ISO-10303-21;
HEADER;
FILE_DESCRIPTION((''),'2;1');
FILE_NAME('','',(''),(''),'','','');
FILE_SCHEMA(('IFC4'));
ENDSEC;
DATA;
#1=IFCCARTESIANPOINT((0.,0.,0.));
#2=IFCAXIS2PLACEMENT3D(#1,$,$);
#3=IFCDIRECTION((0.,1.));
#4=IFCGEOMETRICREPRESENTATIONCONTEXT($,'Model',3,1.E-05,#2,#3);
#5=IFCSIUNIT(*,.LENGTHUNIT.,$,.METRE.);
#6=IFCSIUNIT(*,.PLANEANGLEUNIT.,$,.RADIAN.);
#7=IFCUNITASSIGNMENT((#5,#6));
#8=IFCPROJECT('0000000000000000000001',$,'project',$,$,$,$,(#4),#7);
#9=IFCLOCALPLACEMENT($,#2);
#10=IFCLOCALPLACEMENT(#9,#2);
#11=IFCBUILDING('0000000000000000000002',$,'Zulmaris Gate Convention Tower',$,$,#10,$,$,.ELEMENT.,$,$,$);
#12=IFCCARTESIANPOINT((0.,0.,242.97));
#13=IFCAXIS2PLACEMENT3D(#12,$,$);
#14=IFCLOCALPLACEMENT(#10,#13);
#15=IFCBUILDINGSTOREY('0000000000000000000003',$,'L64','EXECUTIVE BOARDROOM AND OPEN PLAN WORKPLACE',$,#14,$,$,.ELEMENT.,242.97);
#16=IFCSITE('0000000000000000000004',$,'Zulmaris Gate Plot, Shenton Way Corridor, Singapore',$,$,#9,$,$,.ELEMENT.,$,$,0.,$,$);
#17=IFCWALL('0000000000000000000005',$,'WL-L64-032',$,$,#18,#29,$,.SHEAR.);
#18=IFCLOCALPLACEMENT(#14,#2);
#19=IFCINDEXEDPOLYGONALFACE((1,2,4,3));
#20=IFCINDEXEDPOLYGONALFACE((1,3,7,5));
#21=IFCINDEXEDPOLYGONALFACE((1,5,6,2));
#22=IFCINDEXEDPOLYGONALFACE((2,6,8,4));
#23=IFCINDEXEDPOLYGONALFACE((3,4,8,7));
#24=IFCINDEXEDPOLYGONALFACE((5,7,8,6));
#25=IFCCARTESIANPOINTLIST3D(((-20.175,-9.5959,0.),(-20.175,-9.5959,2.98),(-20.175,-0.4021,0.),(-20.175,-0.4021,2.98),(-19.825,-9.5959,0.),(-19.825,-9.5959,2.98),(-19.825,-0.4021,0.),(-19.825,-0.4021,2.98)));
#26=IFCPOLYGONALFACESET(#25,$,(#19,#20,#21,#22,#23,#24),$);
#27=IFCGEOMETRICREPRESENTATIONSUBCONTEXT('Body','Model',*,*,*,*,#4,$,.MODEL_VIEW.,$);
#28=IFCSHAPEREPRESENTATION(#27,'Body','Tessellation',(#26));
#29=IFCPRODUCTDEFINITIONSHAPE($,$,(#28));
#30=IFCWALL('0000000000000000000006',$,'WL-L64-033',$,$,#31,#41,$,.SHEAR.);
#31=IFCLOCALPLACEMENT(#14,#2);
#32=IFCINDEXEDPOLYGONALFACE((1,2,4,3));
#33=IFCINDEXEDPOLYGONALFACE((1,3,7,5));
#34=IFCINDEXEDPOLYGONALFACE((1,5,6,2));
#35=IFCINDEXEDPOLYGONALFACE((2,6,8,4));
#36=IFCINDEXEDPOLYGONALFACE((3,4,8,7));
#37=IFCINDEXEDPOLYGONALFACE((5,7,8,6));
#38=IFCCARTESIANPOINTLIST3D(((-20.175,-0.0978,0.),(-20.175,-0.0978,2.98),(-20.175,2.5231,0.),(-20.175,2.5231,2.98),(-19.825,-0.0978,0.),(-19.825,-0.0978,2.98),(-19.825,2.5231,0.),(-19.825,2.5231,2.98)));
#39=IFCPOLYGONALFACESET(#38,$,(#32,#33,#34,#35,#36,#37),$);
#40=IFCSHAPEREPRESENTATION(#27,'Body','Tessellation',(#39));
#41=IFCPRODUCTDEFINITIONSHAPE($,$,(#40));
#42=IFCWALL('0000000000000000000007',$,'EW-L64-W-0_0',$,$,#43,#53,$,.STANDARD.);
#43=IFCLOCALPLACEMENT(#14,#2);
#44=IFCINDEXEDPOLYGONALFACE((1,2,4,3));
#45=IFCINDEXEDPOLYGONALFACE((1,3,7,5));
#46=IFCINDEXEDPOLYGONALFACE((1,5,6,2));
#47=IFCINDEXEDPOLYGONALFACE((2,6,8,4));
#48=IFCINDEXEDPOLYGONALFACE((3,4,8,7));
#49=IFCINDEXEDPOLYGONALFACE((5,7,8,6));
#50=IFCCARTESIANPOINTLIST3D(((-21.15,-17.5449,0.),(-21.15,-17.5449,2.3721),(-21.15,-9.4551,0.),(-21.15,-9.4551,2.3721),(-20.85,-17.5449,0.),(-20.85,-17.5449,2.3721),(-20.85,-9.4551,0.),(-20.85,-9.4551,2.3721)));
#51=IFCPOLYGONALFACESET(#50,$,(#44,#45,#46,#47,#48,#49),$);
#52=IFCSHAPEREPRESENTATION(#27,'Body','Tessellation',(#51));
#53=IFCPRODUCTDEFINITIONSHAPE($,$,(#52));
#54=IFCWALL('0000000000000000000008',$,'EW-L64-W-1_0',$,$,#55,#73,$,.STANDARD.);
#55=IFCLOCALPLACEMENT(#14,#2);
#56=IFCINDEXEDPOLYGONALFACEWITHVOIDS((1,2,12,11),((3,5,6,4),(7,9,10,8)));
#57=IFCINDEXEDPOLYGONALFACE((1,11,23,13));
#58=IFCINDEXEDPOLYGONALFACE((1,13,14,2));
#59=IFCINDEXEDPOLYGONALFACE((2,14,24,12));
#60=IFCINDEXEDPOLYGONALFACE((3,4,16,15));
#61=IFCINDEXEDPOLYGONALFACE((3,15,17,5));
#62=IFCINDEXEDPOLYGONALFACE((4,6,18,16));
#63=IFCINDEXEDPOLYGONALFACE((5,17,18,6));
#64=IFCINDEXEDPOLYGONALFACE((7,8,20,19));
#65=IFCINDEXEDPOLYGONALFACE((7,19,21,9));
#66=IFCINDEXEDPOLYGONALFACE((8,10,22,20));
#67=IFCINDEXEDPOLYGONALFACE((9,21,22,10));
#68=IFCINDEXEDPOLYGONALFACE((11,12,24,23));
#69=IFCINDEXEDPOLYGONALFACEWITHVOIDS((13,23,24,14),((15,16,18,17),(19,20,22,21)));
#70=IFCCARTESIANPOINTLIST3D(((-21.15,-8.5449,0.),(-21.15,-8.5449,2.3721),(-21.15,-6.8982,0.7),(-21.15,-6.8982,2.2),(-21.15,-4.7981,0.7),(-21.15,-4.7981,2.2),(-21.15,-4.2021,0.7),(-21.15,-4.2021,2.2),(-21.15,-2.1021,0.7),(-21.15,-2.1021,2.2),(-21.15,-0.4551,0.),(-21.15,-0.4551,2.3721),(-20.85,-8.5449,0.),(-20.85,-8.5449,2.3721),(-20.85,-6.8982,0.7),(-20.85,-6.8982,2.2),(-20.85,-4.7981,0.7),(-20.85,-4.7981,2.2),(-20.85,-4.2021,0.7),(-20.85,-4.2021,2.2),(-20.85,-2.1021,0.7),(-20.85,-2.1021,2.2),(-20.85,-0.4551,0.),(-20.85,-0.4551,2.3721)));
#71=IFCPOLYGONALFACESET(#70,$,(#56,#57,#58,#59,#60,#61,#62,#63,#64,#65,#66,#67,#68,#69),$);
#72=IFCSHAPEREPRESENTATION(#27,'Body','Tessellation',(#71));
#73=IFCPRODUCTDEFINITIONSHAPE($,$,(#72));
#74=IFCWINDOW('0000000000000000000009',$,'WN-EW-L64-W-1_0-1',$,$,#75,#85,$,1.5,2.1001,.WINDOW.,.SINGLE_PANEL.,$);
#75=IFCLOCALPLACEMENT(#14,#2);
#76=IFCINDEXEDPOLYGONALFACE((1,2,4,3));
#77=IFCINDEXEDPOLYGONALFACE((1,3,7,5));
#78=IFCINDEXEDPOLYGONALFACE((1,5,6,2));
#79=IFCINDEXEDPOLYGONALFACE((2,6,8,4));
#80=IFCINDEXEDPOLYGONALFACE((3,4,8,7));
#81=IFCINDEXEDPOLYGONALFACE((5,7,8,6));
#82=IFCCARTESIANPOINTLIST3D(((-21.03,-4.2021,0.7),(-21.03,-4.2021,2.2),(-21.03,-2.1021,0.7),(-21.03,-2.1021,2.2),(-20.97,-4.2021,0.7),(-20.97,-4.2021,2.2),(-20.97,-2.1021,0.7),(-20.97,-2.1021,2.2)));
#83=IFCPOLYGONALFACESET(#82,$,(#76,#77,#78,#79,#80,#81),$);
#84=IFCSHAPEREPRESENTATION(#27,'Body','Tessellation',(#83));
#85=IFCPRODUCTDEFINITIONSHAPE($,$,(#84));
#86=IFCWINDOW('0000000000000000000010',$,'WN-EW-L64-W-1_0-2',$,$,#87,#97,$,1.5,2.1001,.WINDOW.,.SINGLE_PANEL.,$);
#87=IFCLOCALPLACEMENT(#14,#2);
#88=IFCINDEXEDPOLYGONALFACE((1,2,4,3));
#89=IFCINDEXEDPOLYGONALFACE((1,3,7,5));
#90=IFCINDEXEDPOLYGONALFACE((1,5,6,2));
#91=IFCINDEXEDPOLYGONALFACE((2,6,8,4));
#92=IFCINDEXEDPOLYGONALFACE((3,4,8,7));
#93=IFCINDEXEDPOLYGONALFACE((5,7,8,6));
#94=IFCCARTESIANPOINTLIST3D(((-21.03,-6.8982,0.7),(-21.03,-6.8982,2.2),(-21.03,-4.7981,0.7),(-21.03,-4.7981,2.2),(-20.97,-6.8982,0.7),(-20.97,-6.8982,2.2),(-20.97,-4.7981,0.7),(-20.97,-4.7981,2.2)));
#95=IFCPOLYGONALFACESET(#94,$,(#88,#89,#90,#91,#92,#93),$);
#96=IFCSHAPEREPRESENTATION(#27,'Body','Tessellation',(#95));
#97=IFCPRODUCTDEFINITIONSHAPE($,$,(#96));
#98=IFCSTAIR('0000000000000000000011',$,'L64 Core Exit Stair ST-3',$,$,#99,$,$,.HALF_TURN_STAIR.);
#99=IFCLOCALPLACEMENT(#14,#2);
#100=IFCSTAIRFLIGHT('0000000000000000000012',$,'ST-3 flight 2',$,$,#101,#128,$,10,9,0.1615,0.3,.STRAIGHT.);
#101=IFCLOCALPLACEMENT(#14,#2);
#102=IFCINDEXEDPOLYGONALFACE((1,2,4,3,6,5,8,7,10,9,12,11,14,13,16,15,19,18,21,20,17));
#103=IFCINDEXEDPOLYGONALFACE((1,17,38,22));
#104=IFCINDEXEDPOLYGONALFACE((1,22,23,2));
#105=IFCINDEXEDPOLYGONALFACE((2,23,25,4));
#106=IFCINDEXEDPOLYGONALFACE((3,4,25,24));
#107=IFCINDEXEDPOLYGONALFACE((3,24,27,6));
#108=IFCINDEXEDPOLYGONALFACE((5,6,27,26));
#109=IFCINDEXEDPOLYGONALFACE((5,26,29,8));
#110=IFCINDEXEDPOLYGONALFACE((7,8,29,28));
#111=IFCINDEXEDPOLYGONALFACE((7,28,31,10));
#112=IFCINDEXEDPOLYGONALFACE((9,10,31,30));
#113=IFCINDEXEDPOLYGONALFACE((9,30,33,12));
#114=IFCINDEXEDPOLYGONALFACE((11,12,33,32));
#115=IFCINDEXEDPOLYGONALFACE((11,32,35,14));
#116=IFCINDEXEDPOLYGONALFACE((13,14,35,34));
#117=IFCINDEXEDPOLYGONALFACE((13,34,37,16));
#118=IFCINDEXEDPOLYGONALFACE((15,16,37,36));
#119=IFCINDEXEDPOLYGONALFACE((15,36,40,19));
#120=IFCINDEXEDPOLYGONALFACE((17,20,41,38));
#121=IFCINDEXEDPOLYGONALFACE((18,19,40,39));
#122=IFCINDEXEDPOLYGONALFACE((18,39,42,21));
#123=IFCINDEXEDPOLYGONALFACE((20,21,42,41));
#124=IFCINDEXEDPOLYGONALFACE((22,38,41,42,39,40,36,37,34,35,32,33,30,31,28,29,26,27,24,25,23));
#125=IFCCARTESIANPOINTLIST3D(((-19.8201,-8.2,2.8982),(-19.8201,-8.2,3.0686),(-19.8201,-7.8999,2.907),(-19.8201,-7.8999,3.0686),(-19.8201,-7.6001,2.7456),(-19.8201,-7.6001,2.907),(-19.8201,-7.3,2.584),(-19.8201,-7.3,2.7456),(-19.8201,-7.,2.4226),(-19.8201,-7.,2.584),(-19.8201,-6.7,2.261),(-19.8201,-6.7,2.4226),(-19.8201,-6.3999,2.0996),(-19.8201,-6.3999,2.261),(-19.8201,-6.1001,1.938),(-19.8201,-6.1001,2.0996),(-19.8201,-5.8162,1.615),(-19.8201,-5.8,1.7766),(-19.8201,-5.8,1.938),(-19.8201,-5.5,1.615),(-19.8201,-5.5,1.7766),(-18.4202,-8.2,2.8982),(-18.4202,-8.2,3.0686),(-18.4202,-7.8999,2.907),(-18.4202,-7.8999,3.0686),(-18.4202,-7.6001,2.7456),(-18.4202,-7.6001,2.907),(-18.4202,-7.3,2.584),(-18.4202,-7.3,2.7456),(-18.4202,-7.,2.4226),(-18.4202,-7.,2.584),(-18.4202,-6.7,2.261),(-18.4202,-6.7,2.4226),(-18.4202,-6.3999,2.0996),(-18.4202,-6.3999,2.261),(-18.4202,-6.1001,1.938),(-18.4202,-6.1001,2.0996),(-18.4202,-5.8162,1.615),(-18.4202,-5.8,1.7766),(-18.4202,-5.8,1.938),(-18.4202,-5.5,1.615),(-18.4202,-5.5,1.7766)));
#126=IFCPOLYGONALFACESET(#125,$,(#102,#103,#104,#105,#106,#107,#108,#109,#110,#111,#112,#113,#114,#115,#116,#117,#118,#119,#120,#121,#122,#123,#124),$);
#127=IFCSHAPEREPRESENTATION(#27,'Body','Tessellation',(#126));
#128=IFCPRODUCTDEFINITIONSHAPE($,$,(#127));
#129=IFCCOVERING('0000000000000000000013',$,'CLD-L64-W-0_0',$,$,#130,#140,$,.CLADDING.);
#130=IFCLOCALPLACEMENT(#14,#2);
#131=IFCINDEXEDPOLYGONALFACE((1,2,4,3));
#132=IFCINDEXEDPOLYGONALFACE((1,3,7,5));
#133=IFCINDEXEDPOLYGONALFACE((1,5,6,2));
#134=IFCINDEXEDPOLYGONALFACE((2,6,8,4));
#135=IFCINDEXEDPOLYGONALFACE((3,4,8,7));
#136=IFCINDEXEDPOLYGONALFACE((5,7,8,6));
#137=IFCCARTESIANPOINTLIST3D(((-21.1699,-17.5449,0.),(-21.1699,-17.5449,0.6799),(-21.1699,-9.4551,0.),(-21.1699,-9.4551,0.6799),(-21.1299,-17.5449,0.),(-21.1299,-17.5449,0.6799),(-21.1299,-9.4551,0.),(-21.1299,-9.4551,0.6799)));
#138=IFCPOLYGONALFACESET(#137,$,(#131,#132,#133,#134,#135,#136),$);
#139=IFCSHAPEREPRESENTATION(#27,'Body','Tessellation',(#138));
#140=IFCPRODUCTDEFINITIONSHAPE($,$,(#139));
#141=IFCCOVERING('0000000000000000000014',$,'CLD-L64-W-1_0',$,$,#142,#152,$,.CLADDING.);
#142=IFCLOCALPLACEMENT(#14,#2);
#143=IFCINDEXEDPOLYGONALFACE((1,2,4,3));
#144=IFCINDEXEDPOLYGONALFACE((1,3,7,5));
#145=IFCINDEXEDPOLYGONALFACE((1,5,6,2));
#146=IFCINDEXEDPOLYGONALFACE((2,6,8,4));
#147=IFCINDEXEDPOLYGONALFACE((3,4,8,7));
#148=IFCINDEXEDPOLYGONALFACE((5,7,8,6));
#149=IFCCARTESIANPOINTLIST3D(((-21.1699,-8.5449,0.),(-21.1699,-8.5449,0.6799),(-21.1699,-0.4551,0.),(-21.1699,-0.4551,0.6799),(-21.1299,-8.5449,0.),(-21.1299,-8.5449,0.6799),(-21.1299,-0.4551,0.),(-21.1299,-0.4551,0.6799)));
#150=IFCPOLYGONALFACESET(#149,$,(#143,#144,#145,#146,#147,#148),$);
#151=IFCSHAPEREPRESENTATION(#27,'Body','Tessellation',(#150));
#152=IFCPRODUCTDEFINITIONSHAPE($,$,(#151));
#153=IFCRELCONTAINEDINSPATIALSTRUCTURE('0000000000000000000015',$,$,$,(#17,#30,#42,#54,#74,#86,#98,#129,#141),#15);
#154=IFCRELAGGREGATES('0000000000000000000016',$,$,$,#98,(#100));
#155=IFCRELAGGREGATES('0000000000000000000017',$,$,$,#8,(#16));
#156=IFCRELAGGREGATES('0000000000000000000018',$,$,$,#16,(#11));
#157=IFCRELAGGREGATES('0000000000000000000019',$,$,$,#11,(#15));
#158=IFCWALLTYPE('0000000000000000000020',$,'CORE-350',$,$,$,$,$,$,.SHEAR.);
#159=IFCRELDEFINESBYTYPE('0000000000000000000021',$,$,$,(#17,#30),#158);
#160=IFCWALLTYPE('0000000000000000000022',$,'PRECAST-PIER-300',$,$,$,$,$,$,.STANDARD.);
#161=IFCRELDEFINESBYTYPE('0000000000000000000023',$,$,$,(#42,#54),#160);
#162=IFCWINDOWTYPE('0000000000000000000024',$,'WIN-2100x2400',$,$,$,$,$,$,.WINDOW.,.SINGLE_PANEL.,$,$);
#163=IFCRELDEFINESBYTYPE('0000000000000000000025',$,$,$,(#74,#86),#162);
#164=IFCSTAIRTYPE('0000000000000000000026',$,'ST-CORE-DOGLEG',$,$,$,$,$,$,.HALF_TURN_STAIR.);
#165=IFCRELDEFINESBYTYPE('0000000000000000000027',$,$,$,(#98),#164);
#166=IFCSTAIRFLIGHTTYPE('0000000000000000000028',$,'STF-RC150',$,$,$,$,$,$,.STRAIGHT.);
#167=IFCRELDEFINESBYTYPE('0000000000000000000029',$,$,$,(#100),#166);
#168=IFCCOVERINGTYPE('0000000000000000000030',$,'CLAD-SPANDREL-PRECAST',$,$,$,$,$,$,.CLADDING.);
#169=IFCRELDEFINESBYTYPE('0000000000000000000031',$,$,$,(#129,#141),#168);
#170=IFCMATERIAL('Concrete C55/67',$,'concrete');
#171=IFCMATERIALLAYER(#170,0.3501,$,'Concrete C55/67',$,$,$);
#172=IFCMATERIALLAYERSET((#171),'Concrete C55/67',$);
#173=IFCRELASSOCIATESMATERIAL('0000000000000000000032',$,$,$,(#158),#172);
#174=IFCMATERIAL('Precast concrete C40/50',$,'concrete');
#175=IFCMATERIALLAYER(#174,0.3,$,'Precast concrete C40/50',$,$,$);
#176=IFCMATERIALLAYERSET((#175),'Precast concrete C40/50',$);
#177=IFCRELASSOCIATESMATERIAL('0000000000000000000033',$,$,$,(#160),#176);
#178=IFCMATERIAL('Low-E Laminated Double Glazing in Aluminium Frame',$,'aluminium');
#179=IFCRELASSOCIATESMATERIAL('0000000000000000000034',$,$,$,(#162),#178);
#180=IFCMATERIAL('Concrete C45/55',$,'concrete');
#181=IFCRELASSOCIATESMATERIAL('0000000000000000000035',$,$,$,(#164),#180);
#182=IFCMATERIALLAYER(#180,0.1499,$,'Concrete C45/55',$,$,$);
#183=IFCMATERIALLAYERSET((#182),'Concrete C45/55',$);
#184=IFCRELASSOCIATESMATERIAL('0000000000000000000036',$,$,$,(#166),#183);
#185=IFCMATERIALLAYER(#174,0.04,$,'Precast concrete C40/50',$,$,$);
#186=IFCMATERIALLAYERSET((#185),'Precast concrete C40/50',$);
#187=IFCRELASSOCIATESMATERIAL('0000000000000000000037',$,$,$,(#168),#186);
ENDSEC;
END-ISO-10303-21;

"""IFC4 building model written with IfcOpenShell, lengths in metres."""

from ifc_helpers import new_model, si_unit, direction, frame, frame_2d, origin, place, context, subcontext, project, spatial, polyline, rectangle, outline, extrude, material, layer, layer_set, type_object, element, fill, aggregate, save


model = new_model("IFC4")

# Units and contexts
model_context = context("Model", 3, precision=1e-05, world=origin(), true_north=direction((0.0, 1.0)))
body_context = subcontext(model_context, "Body", "Model", "MODEL_VIEW")
ifc_project = project(units=[si_unit("LENGTHUNIT", "METRE"), si_unit("PLANEANGLEUNIT", "RADIAN")], contexts=[model_context])

# Site, building, storey
site_placement = place(None, origin())
site = spatial("IfcSite", under=ifc_project, at=site_placement, Name="Zulmaris Gate Plot, Shenton Way Corridor, Singapore", CompositionType="ELEMENT", RefElevation=0.0)
building_placement = place(site_placement, origin())
building = spatial("IfcBuilding", under=site, at=building_placement, Name="Zulmaris Gate Convention Tower", CompositionType="ELEMENT")
storey_placement = place(building_placement, frame((0.0, 0.0, 242.97)))
storey = spatial("IfcBuildingStorey", under=building, at=storey_placement, Name="L64", Description="EXECUTIVE BOARDROOM AND OPEN PLAN WORKPLACE", CompositionType="ELEMENT", Elevation=242.97)

# Walls
ifc_material_1 = material(Name="Concrete C55/67", Category="concrete")
ifc_layer_1 = layer(ifc_material_1, 0.3501, Name="Concrete C55/67")
ifc_layer_set_1 = layer_set([ifc_layer_1], Name="Concrete C55/67")
wall_type_1 = type_object("IfcWallType", Name="CORE-350", PredefinedType="SHEAR", material=ifc_layer_set_1)
wall_1_placement = place(storey_placement, frame((-20.0, -9.5959, 0.0), z_axis=(0.0, 0.0, 1.0), x_axis=(0.0, 1.0, 0.0)))
element("IfcWall", 1, at=wall_1_placement, inside=storey, type_object=wall_type_1, Name="WL-L64-032", PredefinedType="SHEAR", context=body_context, shape_type="SweptSolid", body=[
    extrude(rectangle(XDim=9.1938, YDim=0.3501, at=frame_2d((4.5969, 0.0))), origin(), (0.0, 0.0, 1.0), 2.98),
])
wall_2_placement = place(storey_placement, frame((-20.0, -0.0979, 0.0), z_axis=(0.0, 0.0, 1.0), x_axis=(0.0, 1.0, 0.0)))
element("IfcWall", 2, at=wall_2_placement, inside=storey, type_object=wall_type_1, Name="WL-L64-033", PredefinedType="SHEAR", context=body_context, shape_type="SweptSolid", body=[
    extrude(rectangle(XDim=2.6208, YDim=0.3501, at=frame_2d((1.3105, 0.0))), origin(), (0.0, 0.0, 1.0), 2.98),
])
ifc_material_2 = material(Name="Precast concrete C40/50", Category="concrete")
ifc_layer_2 = layer(ifc_material_2, 0.3, Name="Precast concrete C40/50")
ifc_layer_set_2 = layer_set([ifc_layer_2], Name="Precast concrete C40/50")
wall_type_2 = type_object("IfcWallType", Name="PRECAST-PIER-300", PredefinedType="STANDARD", material=ifc_layer_set_2)
wall_3_placement = place(storey_placement, frame((-21.0, -9.4551, 0.0), z_axis=(0.0, 0.0, 1.0), x_axis=(0.0, -1.0, 0.0)))
element("IfcWall", 3, at=wall_3_placement, inside=storey, type_object=wall_type_2, Name="EW-L64-W-0_0", PredefinedType="STANDARD", context=body_context, shape_type="SweptSolid", body=[
    extrude(rectangle(XDim=8.0898, YDim=0.3, at=frame_2d((4.0449, 0.0))), origin(), (0.0, 0.0, 1.0), 2.3721),
])

# Wall, openings, windows
wall_4_placement = place(storey_placement, frame((-21.0, -0.4551, 0.0), z_axis=(0.0, 0.0, 1.0), x_axis=(0.0, -1.0, 0.0)))
wall_4 = element("IfcWall", 4, at=wall_4_placement, inside=storey, type_object=wall_type_2, Name="EW-L64-W-1_0", PredefinedType="STANDARD", context=body_context, shape_type="SweptSolid", body=[
    extrude(rectangle(XDim=8.0898, YDim=0.3, at=frame_2d((4.0449, 0.0))), origin(), (0.0, 0.0, 1.0), 2.3721),
])
opening_1_placement = place(wall_4_placement, frame((1.647, 0.0, 0.7)))
opening_1 = element("IfcOpeningElement", 5, at=opening_1_placement, cuts=wall_4, PredefinedType="OPENING", context=body_context, shape_type="SweptSolid", body=[
    extrude(rectangle(XDim=2.1001, YDim=1.5, at=frame_2d((1.05, 0.75))), frame((0.0, 0.1602, 0.0), z_axis=(0.0, -1.0, 0.0), x_axis=(1.0, 0.0, 0.0)), (0.0, 0.0, 1.0), 0.3201),
])
opening_2_placement = place(wall_4_placement, frame((4.343, 0.0, 0.7)))
opening_2 = element("IfcOpeningElement", 6, at=opening_2_placement, cuts=wall_4, PredefinedType="OPENING", context=body_context, shape_type="SweptSolid", body=[
    extrude(rectangle(XDim=2.1001, YDim=1.5, at=frame_2d((1.05, 0.75))), frame((0.0, 0.1602, 0.0), z_axis=(0.0, -1.0, 0.0), x_axis=(1.0, 0.0, 0.0)), (0.0, 0.0, 1.0), 0.3201),
])
ifc_material_3 = material(Name="Low-E Laminated Double Glazing in Aluminium Frame", Category="aluminium")
window_type = type_object("IfcWindowType", Name="WIN-2100x2400", PartitioningType="SINGLE_PANEL", PredefinedType="WINDOW", material=ifc_material_3)
window_1_placement = place(opening_1_placement, origin())
window_1 = element("IfcWindow", 7, at=window_1_placement, inside=storey, type_object=window_type, Name="WN-EW-L64-W-1_0-1", OverallHeight=1.5, OverallWidth=2.1001, PartitioningType="SINGLE_PANEL", PredefinedType="WINDOW", context=body_context, shape_type="SweptSolid", body=[
    extrude(rectangle(XDim=2.1001, YDim=1.5, at=frame_2d((1.05, 0.75))), frame((0.0, 0.03, 0.0), z_axis=(0.0, -1.0, 0.0), x_axis=(1.0, 0.0, 0.0)), (0.0, 0.0, 1.0), 0.0601),
])
fill(opening_1, window_1)
window_2_placement = place(opening_2_placement, origin())
window_2 = element("IfcWindow", 8, at=window_2_placement, inside=storey, type_object=window_type, Name="WN-EW-L64-W-1_0-2", OverallHeight=1.5, OverallWidth=2.1001, PartitioningType="SINGLE_PANEL", PredefinedType="WINDOW", context=body_context, shape_type="SweptSolid", body=[
    extrude(rectangle(XDim=2.1001, YDim=1.5, at=frame_2d((1.05, 0.75))), frame((0.0, 0.03, 0.0), z_axis=(0.0, -1.0, 0.0), x_axis=(1.0, 0.0, 0.0)), (0.0, 0.0, 1.0), 0.0601),
])
fill(opening_2, window_2)

# Stair, stair flight
ifc_material_4 = material(Name="Concrete C45/55", Category="concrete")
stair_type = type_object("IfcStairType", Name="ST-CORE-DOGLEG", PredefinedType="HALF_TURN_STAIR", material=ifc_material_4)
stair_placement = place(storey_placement, origin())
stair = element("IfcStair", 9, at=stair_placement, inside=storey, type_object=stair_type, Name="L64 Core Exit Stair ST-3", PredefinedType="HALF_TURN_STAIR")
ifc_layer_3 = layer(ifc_material_4, 0.1499, Name="Concrete C45/55")
ifc_layer_set_3 = layer_set([ifc_layer_3], Name="Concrete C45/55")
stair_flight_type = type_object("IfcStairFlightType", Name="STF-RC150", PredefinedType="STRAIGHT", material=ifc_layer_set_3)
stair_flight_placement = place(storey_placement, frame((-19.1201, -5.5, 1.615), z_axis=(0.0, 0.0, 1.0), x_axis=(0.0, -1.0, 0.0)))
stair_flight = element("IfcStairFlight", 10, at=stair_flight_placement, type_object=stair_flight_type, Name="ST-3 flight 2", NumberOfRisers=10, NumberOfTreads=9, PredefinedType="STRAIGHT", RiserHeight=0.1615, TreadLength=0.3, context=body_context, shape_type="SweptSolid", body=[
    extrude(outline(polyline([(0.0, 0.0), (0.0, 0.1616), (0.3, 0.1616), (0.3, 0.323), (0.6001, 0.323), (0.6001, 0.4846), (0.8999, 0.4846), (0.8999, 0.646), (1.2, 0.646), (1.2, 0.8076), (1.5, 0.8076), (1.5, 0.969), (1.8, 0.969), (1.8, 1.1306), (2.1001, 1.1306), (2.1001, 1.292), (2.3999, 1.292), (2.3999, 1.4536), (2.7, 1.4536), (2.7, 1.615), (2.7, 1.2832), (0.3162, 0.0), (0.0, 0.0)])), frame((0.0, 0.7, 0.0), z_axis=(0.0, -1.0, 0.0), x_axis=(1.0, 0.0, 0.0)), (0.0, 0.0, 1.0), 1.3999),
])
aggregate(stair, [stair_flight])

# Coverings
ifc_layer_4 = layer(ifc_material_2, 0.04, Name="Precast concrete C40/50")
ifc_layer_set_4 = layer_set([ifc_layer_4], Name="Precast concrete C40/50")
covering_type = type_object("IfcCoveringType", Name="CLAD-SPANDREL-PRECAST", PredefinedType="CLADDING", material=ifc_layer_set_4)
for number, where, z_axis, x_axis, name in (
    (11, (-21.1499, -9.4551, 0.0), (0.0, 0.0, 1.0), (0.0, -1.0, 0.0), "CLD-L64-W-0_0"),
    (12, (-21.1499, -0.4551, 0.0), (0.0, 0.0, 1.0), (0.0, -1.0, 0.0), "CLD-L64-W-1_0"),
):
    element("IfcCovering", number, at=place(storey_placement, frame(where, z_axis=z_axis, x_axis=x_axis)), inside=storey, type_object=covering_type, Name=name, PredefinedType="CLADDING", context=body_context, shape_type="SweptSolid", body=[
        extrude(rectangle(XDim=8.0898, YDim=0.04, at=frame_2d((4.0449, 0.0))), origin(), (0.0, 0.0, 1.0), 0.6799),
    ])

save(model, "model.ifc")
